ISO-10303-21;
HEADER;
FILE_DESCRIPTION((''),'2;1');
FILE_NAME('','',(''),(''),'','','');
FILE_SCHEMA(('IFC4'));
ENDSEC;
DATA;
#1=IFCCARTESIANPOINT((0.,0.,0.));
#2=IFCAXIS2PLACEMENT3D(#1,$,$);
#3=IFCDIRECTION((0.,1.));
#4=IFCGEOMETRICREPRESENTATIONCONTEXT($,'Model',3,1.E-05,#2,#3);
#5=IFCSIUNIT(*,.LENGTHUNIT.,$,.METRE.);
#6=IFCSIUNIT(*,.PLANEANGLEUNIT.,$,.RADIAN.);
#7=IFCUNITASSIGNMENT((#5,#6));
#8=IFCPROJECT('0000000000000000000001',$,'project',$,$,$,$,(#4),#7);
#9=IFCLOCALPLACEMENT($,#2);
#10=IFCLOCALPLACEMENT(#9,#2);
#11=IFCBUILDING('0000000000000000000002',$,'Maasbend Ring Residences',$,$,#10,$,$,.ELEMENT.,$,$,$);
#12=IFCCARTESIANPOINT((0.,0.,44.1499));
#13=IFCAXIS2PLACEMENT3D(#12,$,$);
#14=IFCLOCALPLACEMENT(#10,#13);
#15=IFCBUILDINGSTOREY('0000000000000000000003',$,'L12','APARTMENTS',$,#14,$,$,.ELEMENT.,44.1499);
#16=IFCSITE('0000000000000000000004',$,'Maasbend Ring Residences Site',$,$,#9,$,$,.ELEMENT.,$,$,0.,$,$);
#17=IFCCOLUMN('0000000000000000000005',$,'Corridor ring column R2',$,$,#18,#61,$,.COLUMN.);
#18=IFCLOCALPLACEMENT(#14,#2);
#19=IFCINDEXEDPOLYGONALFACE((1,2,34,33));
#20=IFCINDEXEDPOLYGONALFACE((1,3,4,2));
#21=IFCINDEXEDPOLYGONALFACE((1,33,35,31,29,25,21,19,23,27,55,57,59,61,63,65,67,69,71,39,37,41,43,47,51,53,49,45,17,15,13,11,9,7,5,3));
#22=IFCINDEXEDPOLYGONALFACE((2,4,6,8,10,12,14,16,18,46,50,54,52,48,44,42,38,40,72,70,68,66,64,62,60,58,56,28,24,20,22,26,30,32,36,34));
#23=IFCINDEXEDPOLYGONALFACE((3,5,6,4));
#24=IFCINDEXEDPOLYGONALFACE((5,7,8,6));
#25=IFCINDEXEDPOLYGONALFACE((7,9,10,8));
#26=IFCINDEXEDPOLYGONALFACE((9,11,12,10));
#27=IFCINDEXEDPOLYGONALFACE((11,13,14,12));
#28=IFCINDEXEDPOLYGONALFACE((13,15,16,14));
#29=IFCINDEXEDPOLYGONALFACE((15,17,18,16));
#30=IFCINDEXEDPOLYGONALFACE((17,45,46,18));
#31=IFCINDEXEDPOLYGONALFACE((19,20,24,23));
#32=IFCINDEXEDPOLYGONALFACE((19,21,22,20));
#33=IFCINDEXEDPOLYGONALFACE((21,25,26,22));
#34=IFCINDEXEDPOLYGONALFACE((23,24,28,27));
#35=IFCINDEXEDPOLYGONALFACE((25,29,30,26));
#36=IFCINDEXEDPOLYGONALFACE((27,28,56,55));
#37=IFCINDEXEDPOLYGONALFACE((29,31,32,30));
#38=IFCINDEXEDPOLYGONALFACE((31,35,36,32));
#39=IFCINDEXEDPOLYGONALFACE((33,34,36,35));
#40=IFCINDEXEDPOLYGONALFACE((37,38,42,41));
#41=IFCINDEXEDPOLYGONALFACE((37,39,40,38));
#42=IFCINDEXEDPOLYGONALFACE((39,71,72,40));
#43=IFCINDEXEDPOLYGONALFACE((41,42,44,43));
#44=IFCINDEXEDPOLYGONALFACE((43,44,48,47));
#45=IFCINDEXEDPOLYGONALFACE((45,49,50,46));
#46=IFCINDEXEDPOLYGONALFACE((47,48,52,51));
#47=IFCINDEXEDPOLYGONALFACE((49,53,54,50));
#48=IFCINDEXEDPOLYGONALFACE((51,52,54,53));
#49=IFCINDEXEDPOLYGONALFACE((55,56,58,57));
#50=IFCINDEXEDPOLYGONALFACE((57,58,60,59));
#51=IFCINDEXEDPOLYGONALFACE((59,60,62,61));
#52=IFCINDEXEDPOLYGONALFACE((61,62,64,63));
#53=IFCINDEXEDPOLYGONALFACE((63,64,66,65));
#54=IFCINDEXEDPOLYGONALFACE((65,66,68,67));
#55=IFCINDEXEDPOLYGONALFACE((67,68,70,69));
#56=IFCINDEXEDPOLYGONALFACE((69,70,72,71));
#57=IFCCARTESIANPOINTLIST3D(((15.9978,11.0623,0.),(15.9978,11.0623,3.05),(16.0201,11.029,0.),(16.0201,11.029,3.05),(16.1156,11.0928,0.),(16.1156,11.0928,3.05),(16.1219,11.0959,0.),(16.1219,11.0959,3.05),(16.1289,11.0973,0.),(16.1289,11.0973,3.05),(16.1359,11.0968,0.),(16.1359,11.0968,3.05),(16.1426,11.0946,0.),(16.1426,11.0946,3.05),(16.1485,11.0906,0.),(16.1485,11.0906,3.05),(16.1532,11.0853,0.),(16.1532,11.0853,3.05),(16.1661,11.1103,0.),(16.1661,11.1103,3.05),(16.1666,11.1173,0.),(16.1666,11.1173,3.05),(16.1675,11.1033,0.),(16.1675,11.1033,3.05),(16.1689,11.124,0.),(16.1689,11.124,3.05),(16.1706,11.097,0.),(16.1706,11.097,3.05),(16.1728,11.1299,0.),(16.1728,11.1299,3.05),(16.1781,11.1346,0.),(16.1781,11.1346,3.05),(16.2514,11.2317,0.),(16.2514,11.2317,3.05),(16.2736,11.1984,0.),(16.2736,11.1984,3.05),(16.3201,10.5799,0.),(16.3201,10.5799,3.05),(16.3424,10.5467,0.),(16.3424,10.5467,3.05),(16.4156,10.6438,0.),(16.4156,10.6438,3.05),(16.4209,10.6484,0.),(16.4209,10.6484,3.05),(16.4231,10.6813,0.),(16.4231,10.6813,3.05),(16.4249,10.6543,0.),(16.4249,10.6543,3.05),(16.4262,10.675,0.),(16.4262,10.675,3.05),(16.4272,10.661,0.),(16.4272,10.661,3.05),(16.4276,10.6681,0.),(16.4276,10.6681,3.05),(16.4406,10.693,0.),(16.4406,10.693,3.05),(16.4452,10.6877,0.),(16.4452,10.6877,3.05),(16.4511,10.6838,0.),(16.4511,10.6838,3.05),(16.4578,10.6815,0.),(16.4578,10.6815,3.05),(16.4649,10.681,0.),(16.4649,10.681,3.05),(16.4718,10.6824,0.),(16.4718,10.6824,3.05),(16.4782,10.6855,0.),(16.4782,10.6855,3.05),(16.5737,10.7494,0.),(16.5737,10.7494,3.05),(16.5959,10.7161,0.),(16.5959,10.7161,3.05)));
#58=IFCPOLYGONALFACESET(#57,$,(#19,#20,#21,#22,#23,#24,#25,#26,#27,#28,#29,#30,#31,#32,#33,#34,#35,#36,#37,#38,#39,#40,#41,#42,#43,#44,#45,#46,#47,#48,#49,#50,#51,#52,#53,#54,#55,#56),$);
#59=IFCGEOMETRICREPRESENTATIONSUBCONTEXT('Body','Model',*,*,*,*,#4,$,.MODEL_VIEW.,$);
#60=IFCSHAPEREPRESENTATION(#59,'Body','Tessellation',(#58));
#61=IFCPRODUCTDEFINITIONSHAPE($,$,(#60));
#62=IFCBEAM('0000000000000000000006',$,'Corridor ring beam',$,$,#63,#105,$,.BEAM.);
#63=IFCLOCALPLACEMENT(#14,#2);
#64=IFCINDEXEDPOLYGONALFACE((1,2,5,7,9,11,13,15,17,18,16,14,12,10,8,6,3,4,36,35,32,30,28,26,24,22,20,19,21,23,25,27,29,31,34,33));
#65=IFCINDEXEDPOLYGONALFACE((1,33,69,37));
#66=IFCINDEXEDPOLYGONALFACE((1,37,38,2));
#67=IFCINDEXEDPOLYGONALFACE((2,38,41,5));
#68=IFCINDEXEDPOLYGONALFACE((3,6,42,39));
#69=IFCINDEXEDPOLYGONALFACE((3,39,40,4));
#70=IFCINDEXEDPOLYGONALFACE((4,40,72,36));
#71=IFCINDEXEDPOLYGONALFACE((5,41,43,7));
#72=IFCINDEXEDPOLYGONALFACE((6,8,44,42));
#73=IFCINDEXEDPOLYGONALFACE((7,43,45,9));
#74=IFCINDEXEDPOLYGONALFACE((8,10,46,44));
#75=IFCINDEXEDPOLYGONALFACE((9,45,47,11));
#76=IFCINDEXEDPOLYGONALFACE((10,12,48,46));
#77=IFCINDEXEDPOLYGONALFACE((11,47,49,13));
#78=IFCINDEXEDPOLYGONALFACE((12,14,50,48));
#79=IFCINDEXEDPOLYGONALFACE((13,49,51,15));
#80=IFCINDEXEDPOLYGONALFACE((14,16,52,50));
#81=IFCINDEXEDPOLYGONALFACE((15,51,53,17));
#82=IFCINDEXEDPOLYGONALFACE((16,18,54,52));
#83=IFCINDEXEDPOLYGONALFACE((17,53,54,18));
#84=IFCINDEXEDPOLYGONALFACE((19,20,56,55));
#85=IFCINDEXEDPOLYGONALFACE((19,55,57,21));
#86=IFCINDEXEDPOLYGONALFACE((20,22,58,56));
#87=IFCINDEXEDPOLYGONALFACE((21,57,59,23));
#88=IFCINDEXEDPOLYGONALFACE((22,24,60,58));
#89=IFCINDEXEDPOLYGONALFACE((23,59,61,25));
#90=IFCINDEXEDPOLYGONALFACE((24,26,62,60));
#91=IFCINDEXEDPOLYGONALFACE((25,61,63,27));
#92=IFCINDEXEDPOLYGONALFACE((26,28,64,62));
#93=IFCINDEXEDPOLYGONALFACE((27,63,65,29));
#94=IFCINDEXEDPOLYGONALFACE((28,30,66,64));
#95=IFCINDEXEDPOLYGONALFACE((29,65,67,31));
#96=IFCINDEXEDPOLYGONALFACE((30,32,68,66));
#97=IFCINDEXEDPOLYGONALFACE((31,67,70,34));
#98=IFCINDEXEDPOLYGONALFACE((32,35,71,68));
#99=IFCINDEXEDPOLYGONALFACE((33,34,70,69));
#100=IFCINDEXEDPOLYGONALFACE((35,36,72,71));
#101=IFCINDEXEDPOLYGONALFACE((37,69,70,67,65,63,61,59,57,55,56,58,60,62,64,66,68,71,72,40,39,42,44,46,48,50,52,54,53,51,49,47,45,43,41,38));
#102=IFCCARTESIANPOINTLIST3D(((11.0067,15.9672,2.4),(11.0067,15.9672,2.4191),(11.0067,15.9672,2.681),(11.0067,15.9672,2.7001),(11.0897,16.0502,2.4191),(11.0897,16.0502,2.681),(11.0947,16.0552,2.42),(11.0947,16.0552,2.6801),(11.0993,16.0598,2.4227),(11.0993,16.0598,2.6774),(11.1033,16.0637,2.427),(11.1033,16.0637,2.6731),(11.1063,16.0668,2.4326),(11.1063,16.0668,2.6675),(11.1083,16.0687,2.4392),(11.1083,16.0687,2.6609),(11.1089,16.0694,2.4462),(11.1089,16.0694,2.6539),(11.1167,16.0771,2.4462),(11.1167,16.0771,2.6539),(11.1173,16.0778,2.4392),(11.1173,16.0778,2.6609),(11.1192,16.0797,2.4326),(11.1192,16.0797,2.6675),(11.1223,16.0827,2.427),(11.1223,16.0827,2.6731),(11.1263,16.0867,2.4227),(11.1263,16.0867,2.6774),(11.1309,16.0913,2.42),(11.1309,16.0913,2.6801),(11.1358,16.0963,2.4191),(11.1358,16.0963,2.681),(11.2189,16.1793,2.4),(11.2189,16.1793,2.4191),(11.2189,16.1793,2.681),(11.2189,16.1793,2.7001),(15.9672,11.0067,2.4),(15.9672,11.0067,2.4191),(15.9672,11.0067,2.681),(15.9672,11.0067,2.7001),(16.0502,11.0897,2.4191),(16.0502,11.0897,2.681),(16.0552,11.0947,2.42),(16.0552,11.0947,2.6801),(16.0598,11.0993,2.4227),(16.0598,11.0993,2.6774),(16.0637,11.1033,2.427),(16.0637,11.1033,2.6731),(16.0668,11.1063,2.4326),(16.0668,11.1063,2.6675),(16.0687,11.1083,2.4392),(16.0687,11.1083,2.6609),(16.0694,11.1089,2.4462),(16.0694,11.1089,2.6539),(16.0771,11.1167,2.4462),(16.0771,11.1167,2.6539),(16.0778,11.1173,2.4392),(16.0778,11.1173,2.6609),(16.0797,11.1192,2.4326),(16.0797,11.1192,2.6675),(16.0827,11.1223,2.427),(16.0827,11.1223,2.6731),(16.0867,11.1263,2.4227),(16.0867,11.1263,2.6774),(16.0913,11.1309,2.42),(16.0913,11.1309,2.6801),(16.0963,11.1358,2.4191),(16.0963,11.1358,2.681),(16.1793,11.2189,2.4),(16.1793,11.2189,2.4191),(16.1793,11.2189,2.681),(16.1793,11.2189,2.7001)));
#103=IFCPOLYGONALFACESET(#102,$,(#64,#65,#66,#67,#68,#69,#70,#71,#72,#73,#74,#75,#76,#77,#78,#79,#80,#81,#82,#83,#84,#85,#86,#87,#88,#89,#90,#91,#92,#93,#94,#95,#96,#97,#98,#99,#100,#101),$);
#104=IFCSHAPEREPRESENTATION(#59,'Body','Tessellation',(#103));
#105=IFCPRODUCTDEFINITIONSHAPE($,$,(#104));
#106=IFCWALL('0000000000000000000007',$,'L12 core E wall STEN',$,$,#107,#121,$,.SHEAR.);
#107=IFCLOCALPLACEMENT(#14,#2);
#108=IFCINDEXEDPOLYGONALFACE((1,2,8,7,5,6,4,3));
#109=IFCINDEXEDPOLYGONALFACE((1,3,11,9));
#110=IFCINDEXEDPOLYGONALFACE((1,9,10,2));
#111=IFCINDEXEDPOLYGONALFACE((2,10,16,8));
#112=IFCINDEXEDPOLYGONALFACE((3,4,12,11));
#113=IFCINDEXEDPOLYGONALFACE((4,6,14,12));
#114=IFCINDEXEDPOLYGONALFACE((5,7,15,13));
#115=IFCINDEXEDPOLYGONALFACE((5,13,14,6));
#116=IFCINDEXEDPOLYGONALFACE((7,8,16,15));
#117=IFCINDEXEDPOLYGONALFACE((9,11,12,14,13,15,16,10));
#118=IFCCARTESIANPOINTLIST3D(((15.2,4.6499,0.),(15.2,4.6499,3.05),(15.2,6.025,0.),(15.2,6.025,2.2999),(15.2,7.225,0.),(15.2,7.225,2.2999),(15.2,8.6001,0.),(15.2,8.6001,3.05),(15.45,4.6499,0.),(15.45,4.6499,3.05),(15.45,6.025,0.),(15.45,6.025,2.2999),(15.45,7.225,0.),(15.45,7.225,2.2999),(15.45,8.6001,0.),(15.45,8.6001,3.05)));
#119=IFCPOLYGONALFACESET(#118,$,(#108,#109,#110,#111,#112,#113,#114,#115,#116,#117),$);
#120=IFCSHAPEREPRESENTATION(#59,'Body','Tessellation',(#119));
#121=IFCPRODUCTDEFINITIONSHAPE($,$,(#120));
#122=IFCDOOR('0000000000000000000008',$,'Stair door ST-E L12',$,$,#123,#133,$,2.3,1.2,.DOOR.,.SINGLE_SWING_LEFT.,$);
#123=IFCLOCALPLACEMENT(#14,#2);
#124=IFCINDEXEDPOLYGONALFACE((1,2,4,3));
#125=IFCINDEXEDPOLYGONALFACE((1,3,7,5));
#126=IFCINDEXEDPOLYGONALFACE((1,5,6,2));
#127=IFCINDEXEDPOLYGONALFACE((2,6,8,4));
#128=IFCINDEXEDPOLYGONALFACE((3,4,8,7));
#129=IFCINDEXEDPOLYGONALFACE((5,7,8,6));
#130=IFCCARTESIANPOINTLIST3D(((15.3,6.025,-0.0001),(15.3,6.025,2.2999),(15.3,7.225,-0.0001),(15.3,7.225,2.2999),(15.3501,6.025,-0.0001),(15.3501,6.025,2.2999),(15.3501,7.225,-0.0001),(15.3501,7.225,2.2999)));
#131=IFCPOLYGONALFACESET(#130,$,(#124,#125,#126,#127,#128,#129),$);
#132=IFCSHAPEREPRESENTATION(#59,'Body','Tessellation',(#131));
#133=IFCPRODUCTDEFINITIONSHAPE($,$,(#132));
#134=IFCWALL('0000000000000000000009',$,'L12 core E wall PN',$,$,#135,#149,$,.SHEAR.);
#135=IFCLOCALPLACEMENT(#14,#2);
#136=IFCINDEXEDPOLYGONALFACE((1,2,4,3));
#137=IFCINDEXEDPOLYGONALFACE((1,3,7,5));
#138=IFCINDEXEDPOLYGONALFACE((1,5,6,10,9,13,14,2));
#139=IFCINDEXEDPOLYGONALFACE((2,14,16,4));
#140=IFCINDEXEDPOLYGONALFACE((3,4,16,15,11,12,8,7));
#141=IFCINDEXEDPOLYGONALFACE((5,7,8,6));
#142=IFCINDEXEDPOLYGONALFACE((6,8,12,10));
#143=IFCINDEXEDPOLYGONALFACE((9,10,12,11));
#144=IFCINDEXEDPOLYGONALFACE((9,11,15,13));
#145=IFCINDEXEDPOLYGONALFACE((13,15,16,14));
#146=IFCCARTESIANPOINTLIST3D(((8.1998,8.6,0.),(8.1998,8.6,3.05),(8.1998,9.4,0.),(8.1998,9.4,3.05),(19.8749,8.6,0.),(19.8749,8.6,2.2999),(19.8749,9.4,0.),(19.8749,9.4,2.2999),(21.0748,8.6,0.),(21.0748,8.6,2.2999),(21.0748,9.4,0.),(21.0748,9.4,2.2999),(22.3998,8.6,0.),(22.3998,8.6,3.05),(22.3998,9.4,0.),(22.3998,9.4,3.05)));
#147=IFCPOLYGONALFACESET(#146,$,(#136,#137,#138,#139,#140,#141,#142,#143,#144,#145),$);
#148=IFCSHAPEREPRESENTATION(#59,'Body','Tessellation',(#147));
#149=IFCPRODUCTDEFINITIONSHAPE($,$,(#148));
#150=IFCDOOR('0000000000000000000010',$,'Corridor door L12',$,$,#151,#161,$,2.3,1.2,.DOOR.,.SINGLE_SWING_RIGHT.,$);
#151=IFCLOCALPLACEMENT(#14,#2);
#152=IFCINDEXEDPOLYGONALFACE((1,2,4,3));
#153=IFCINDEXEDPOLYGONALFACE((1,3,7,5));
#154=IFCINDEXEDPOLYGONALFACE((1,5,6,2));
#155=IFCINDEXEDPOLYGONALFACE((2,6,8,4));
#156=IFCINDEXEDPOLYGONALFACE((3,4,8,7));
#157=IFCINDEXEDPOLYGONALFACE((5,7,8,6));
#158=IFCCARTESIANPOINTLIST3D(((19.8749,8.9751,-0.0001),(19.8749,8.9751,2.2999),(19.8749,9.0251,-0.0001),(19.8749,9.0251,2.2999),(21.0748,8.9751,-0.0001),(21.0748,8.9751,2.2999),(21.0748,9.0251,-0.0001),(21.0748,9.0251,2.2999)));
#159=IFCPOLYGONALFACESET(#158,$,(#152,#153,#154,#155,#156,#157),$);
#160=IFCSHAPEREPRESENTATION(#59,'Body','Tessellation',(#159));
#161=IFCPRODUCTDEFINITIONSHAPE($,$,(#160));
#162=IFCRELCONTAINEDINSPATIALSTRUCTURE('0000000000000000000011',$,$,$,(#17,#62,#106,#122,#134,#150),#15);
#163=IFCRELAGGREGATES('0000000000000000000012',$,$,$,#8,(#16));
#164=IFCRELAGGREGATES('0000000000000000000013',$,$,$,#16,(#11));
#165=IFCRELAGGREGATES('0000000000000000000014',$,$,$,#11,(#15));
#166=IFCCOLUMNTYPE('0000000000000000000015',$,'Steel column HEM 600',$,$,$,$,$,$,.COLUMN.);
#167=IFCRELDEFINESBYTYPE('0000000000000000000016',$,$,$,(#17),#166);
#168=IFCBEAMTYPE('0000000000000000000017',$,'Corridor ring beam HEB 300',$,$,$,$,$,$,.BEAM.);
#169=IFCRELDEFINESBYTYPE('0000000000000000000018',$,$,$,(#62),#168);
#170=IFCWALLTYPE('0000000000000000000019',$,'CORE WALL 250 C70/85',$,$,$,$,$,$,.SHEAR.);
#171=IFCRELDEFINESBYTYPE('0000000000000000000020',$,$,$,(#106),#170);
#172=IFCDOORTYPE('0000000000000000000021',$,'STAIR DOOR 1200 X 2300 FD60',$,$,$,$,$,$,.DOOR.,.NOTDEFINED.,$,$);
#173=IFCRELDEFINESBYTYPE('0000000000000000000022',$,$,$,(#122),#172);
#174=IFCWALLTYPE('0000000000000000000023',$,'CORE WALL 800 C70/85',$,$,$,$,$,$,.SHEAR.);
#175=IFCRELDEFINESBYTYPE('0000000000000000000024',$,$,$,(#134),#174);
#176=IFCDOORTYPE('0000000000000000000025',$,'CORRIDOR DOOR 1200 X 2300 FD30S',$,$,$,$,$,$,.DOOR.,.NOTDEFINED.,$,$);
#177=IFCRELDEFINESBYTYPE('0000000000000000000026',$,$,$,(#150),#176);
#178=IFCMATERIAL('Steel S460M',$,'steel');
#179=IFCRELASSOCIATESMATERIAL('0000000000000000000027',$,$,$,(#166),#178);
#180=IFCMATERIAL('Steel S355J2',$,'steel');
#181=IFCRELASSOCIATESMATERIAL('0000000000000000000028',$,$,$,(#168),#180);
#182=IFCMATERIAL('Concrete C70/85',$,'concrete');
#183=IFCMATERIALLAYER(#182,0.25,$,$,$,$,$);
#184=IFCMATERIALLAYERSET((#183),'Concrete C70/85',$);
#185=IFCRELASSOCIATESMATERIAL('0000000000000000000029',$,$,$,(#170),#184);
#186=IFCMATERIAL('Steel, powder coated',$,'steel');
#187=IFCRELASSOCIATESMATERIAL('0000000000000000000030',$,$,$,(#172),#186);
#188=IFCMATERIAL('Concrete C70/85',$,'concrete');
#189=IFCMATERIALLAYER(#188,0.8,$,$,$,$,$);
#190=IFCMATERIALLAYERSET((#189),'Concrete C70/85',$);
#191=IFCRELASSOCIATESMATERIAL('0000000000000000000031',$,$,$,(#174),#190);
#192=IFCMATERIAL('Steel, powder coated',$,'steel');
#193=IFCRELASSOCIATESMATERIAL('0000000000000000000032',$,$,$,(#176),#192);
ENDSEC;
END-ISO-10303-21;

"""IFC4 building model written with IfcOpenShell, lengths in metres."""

from ifc_helpers import new_model, si_unit, direction, frame, frame_2d, origin, origin_2d, place, context, subcontext, project, spatial, rectangle, i_section, extrude, material, layer, layer_set, material_profile, profile_set, type_object, element, fill, save


model = new_model("IFC4")

# Units and contexts
model_context = context("Model", 3, precision=1e-05, world=origin(), true_north=direction((0.0, 1.0)))
body_context = subcontext(model_context, "Body", "Model", "MODEL_VIEW")
ifc_project = project(units=[si_unit("LENGTHUNIT", "METRE"), si_unit("PLANEANGLEUNIT", "RADIAN")], contexts=[model_context])

# Site, building, storey
site_placement = place(None, origin())
site = spatial("IfcSite", under=ifc_project, at=site_placement, Name="Maasbend Ring Residences Site", CompositionType="ELEMENT", RefElevation=0.0)
building_placement = place(site_placement, origin())
building = spatial("IfcBuilding", under=site, at=building_placement, Name="Maasbend Ring Residences", CompositionType="ELEMENT")
storey_placement = place(building_placement, frame((0.0, 0.0, 44.1499)))
storey = spatial("IfcBuildingStorey", under=building, at=storey_placement, Name="L12", Description="APARTMENTS", CompositionType="ELEMENT", Elevation=44.1499)

# Column
ifc_material_1 = material(Name="Steel S460M", Category="steel")
ifc_material_profile_1 = material_profile(ifc_material_1, i_section(OverallWidth=0.3049, OverallDepth=0.6201, WebThickness=0.021, FlangeThickness=0.04, FilletRadius=0.0271, at=origin_2d()), Name="HEM 600")
ifc_profile_set_1 = profile_set([ifc_material_profile_1], Name="Steel S460M")
column_type = type_object("IfcColumnType", Name="Steel column HEM 600", PredefinedType="COLUMN", material=ifc_profile_set_1)
column_placement = place(storey_placement, frame((16.2969, 10.8892, 0.0), z_axis=(0.0, 0.0, 1.0), x_axis=(0.83147, 0.55557, 0.0)))
element("IfcColumn", 1, at=column_placement, inside=storey, type_object=column_type, Name="Corridor ring column R2", PredefinedType="COLUMN", context=body_context, shape_type="SweptSolid", body=[
    extrude(i_section(OverallWidth=0.3049, OverallDepth=0.6201, WebThickness=0.021, FlangeThickness=0.04, FilletRadius=0.0271, at=origin_2d()), origin(), (0.0, 0.0, 1.0), 3.05),
])

# Beam
ifc_material_2 = material(Name="Steel S355J2", Category="steel")
ifc_material_profile_2 = material_profile(ifc_material_2, i_section(OverallWidth=0.3, OverallDepth=0.3, WebThickness=0.011, FlangeThickness=0.019, FilletRadius=0.0271, at=origin_2d()), Name="HEB 300")
ifc_profile_set_2 = profile_set([ifc_material_profile_2], Name="Steel S355J2")
beam_type = type_object("IfcBeamType", Name="Corridor ring beam HEB 300", PredefinedType="BEAM", material=ifc_profile_set_2)
beam_placement = place(storey_placement, frame((16.0732, 11.1128, 2.55), z_axis=(-0.707107, 0.707107, 0.0), x_axis=(-0.707107, -0.707107, 0.0)))
element("IfcBeam", 2, at=beam_placement, inside=storey, type_object=beam_type, Name="Corridor ring beam", PredefinedType="BEAM", context=body_context, shape_type="SweptSolid", body=[
    extrude(i_section(OverallWidth=0.3, OverallDepth=0.3, WebThickness=0.011, FlangeThickness=0.019, FilletRadius=0.0271, at=origin_2d()), origin(), (0.0, 0.0, 1.0), 7.0151),
])

# Walls, openings, doors
ifc_material_3 = material(Name="Concrete C70/85", Category="concrete")
ifc_layer_1 = layer(ifc_material_3, 0.25)
ifc_layer_set_1 = layer_set([ifc_layer_1], Name="Concrete C70/85")
wall_type_1 = type_object("IfcWallType", Name="CORE WALL 250 C70/85", PredefinedType="SHEAR", material=ifc_layer_set_1)
wall_1_placement = place(storey_placement, frame((15.325, 4.6499, 0.0), z_axis=(0.0, 0.0, 1.0), x_axis=(0.0, 1.0, 0.0)))
wall_1 = element("IfcWall", 3, at=wall_1_placement, inside=storey, type_object=wall_type_1, Name="L12 core E wall STEN", PredefinedType="SHEAR", context=body_context, shape_type="SweptSolid", body=[
    extrude(rectangle(XDim=3.9502, YDim=0.25, at=frame_2d((1.9751, 0.0))), origin(), (0.0, 0.0, 1.0), 3.05),
])
opening_1_placement = place(wall_1_placement, frame((1.375, 0.0, 0.0)))
opening_1 = element("IfcOpeningElement", 4, at=opening_1_placement, cuts=wall_1, PredefinedType="OPENING", context=body_context, shape_type="SweptSolid", body=[
    extrude(rectangle(XDim=1.2, YDim=2.3, at=frame_2d((0.6001, 1.1499))), frame((0.0, 0.135, 0.0), z_axis=(0.0, -1.0, 0.0), x_axis=(1.0, 0.0, 0.0)), (0.0, 0.0, 1.0), 0.27),
])
ifc_material_4 = material(Name="Steel, powder coated", Category="steel")
door_type_1 = type_object("IfcDoorType", Name="STAIR DOOR 1200 X 2300 FD60", OperationType="NOTDEFINED", PredefinedType="DOOR", material=ifc_material_4)
door_1_placement = place(opening_1_placement, origin())
door_1 = element("IfcDoor", 5, at=door_1_placement, inside=storey, type_object=door_type_1, Name="Stair door ST-E L12", OperationType="SINGLE_SWING_LEFT", OverallHeight=2.3, OverallWidth=1.2, PredefinedType="DOOR", context=body_context, shape_type="SweptSolid", body=[
    extrude(rectangle(XDim=1.2, YDim=2.3, at=frame_2d((0.6001, 1.1499))), frame((0.0, 0.0249, 0.0), z_axis=(0.0, -1.0, 0.0), x_axis=(1.0, 0.0, 0.0)), (0.0, 0.0, 1.0), 0.05),
])
fill(opening_1, door_1)
ifc_material_5 = material(Name="Concrete C70/85", Category="concrete")
ifc_layer_2 = layer(ifc_material_5, 0.8)
ifc_layer_set_2 = layer_set([ifc_layer_2], Name="Concrete C70/85")
wall_type_2 = type_object("IfcWallType", Name="CORE WALL 800 C70/85", PredefinedType="SHEAR", material=ifc_layer_set_2)
wall_2_placement = place(storey_placement, frame((22.3999, 9.0, 0.0), z_axis=(0.0, 0.0, 1.0), x_axis=(-1.0, 0.0, 0.0)))
wall_2 = element("IfcWall", 6, at=wall_2_placement, inside=storey, type_object=wall_type_2, Name="L12 core E wall PN", PredefinedType="SHEAR", context=body_context, shape_type="SweptSolid", body=[
    extrude(rectangle(XDim=14.2, YDim=0.8, at=frame_2d((7.1001, 0.0))), origin(), (0.0, 0.0, 1.0), 3.05),
])
opening_2_placement = place(wall_2_placement, frame((1.325, 0.0, 0.0)))
opening_2 = element("IfcOpeningElement", 7, at=opening_2_placement, cuts=wall_2, PredefinedType="OPENING", context=body_context, shape_type="SweptSolid", body=[
    extrude(rectangle(XDim=1.2, YDim=2.3, at=frame_2d((0.6001, 1.1499))), frame((0.0, 0.4102, 0.0), z_axis=(0.0, -1.0, 0.0), x_axis=(1.0, 0.0, 0.0)), (0.0, 0.0, 1.0), 0.8201),
])
ifc_material_6 = material(Name="Steel, powder coated", Category="steel")
door_type_2 = type_object("IfcDoorType", Name="CORRIDOR DOOR 1200 X 2300 FD30S", OperationType="NOTDEFINED", PredefinedType="DOOR", material=ifc_material_6)
door_2_placement = place(opening_2_placement, origin())
door_2 = element("IfcDoor", 8, at=door_2_placement, inside=storey, type_object=door_type_2, Name="Corridor door L12", OperationType="SINGLE_SWING_RIGHT", OverallHeight=2.3, OverallWidth=1.2, PredefinedType="DOOR", context=body_context, shape_type="SweptSolid", body=[
    extrude(rectangle(XDim=1.2, YDim=2.3, at=frame_2d((0.6001, 1.1499))), frame((0.0, 0.0249, 0.0), z_axis=(0.0, -1.0, 0.0), x_axis=(1.0, 0.0, 0.0)), (0.0, 0.0, 1.0), 0.05),
])
fill(opening_2, door_2)

save(model, "model.ifc")
